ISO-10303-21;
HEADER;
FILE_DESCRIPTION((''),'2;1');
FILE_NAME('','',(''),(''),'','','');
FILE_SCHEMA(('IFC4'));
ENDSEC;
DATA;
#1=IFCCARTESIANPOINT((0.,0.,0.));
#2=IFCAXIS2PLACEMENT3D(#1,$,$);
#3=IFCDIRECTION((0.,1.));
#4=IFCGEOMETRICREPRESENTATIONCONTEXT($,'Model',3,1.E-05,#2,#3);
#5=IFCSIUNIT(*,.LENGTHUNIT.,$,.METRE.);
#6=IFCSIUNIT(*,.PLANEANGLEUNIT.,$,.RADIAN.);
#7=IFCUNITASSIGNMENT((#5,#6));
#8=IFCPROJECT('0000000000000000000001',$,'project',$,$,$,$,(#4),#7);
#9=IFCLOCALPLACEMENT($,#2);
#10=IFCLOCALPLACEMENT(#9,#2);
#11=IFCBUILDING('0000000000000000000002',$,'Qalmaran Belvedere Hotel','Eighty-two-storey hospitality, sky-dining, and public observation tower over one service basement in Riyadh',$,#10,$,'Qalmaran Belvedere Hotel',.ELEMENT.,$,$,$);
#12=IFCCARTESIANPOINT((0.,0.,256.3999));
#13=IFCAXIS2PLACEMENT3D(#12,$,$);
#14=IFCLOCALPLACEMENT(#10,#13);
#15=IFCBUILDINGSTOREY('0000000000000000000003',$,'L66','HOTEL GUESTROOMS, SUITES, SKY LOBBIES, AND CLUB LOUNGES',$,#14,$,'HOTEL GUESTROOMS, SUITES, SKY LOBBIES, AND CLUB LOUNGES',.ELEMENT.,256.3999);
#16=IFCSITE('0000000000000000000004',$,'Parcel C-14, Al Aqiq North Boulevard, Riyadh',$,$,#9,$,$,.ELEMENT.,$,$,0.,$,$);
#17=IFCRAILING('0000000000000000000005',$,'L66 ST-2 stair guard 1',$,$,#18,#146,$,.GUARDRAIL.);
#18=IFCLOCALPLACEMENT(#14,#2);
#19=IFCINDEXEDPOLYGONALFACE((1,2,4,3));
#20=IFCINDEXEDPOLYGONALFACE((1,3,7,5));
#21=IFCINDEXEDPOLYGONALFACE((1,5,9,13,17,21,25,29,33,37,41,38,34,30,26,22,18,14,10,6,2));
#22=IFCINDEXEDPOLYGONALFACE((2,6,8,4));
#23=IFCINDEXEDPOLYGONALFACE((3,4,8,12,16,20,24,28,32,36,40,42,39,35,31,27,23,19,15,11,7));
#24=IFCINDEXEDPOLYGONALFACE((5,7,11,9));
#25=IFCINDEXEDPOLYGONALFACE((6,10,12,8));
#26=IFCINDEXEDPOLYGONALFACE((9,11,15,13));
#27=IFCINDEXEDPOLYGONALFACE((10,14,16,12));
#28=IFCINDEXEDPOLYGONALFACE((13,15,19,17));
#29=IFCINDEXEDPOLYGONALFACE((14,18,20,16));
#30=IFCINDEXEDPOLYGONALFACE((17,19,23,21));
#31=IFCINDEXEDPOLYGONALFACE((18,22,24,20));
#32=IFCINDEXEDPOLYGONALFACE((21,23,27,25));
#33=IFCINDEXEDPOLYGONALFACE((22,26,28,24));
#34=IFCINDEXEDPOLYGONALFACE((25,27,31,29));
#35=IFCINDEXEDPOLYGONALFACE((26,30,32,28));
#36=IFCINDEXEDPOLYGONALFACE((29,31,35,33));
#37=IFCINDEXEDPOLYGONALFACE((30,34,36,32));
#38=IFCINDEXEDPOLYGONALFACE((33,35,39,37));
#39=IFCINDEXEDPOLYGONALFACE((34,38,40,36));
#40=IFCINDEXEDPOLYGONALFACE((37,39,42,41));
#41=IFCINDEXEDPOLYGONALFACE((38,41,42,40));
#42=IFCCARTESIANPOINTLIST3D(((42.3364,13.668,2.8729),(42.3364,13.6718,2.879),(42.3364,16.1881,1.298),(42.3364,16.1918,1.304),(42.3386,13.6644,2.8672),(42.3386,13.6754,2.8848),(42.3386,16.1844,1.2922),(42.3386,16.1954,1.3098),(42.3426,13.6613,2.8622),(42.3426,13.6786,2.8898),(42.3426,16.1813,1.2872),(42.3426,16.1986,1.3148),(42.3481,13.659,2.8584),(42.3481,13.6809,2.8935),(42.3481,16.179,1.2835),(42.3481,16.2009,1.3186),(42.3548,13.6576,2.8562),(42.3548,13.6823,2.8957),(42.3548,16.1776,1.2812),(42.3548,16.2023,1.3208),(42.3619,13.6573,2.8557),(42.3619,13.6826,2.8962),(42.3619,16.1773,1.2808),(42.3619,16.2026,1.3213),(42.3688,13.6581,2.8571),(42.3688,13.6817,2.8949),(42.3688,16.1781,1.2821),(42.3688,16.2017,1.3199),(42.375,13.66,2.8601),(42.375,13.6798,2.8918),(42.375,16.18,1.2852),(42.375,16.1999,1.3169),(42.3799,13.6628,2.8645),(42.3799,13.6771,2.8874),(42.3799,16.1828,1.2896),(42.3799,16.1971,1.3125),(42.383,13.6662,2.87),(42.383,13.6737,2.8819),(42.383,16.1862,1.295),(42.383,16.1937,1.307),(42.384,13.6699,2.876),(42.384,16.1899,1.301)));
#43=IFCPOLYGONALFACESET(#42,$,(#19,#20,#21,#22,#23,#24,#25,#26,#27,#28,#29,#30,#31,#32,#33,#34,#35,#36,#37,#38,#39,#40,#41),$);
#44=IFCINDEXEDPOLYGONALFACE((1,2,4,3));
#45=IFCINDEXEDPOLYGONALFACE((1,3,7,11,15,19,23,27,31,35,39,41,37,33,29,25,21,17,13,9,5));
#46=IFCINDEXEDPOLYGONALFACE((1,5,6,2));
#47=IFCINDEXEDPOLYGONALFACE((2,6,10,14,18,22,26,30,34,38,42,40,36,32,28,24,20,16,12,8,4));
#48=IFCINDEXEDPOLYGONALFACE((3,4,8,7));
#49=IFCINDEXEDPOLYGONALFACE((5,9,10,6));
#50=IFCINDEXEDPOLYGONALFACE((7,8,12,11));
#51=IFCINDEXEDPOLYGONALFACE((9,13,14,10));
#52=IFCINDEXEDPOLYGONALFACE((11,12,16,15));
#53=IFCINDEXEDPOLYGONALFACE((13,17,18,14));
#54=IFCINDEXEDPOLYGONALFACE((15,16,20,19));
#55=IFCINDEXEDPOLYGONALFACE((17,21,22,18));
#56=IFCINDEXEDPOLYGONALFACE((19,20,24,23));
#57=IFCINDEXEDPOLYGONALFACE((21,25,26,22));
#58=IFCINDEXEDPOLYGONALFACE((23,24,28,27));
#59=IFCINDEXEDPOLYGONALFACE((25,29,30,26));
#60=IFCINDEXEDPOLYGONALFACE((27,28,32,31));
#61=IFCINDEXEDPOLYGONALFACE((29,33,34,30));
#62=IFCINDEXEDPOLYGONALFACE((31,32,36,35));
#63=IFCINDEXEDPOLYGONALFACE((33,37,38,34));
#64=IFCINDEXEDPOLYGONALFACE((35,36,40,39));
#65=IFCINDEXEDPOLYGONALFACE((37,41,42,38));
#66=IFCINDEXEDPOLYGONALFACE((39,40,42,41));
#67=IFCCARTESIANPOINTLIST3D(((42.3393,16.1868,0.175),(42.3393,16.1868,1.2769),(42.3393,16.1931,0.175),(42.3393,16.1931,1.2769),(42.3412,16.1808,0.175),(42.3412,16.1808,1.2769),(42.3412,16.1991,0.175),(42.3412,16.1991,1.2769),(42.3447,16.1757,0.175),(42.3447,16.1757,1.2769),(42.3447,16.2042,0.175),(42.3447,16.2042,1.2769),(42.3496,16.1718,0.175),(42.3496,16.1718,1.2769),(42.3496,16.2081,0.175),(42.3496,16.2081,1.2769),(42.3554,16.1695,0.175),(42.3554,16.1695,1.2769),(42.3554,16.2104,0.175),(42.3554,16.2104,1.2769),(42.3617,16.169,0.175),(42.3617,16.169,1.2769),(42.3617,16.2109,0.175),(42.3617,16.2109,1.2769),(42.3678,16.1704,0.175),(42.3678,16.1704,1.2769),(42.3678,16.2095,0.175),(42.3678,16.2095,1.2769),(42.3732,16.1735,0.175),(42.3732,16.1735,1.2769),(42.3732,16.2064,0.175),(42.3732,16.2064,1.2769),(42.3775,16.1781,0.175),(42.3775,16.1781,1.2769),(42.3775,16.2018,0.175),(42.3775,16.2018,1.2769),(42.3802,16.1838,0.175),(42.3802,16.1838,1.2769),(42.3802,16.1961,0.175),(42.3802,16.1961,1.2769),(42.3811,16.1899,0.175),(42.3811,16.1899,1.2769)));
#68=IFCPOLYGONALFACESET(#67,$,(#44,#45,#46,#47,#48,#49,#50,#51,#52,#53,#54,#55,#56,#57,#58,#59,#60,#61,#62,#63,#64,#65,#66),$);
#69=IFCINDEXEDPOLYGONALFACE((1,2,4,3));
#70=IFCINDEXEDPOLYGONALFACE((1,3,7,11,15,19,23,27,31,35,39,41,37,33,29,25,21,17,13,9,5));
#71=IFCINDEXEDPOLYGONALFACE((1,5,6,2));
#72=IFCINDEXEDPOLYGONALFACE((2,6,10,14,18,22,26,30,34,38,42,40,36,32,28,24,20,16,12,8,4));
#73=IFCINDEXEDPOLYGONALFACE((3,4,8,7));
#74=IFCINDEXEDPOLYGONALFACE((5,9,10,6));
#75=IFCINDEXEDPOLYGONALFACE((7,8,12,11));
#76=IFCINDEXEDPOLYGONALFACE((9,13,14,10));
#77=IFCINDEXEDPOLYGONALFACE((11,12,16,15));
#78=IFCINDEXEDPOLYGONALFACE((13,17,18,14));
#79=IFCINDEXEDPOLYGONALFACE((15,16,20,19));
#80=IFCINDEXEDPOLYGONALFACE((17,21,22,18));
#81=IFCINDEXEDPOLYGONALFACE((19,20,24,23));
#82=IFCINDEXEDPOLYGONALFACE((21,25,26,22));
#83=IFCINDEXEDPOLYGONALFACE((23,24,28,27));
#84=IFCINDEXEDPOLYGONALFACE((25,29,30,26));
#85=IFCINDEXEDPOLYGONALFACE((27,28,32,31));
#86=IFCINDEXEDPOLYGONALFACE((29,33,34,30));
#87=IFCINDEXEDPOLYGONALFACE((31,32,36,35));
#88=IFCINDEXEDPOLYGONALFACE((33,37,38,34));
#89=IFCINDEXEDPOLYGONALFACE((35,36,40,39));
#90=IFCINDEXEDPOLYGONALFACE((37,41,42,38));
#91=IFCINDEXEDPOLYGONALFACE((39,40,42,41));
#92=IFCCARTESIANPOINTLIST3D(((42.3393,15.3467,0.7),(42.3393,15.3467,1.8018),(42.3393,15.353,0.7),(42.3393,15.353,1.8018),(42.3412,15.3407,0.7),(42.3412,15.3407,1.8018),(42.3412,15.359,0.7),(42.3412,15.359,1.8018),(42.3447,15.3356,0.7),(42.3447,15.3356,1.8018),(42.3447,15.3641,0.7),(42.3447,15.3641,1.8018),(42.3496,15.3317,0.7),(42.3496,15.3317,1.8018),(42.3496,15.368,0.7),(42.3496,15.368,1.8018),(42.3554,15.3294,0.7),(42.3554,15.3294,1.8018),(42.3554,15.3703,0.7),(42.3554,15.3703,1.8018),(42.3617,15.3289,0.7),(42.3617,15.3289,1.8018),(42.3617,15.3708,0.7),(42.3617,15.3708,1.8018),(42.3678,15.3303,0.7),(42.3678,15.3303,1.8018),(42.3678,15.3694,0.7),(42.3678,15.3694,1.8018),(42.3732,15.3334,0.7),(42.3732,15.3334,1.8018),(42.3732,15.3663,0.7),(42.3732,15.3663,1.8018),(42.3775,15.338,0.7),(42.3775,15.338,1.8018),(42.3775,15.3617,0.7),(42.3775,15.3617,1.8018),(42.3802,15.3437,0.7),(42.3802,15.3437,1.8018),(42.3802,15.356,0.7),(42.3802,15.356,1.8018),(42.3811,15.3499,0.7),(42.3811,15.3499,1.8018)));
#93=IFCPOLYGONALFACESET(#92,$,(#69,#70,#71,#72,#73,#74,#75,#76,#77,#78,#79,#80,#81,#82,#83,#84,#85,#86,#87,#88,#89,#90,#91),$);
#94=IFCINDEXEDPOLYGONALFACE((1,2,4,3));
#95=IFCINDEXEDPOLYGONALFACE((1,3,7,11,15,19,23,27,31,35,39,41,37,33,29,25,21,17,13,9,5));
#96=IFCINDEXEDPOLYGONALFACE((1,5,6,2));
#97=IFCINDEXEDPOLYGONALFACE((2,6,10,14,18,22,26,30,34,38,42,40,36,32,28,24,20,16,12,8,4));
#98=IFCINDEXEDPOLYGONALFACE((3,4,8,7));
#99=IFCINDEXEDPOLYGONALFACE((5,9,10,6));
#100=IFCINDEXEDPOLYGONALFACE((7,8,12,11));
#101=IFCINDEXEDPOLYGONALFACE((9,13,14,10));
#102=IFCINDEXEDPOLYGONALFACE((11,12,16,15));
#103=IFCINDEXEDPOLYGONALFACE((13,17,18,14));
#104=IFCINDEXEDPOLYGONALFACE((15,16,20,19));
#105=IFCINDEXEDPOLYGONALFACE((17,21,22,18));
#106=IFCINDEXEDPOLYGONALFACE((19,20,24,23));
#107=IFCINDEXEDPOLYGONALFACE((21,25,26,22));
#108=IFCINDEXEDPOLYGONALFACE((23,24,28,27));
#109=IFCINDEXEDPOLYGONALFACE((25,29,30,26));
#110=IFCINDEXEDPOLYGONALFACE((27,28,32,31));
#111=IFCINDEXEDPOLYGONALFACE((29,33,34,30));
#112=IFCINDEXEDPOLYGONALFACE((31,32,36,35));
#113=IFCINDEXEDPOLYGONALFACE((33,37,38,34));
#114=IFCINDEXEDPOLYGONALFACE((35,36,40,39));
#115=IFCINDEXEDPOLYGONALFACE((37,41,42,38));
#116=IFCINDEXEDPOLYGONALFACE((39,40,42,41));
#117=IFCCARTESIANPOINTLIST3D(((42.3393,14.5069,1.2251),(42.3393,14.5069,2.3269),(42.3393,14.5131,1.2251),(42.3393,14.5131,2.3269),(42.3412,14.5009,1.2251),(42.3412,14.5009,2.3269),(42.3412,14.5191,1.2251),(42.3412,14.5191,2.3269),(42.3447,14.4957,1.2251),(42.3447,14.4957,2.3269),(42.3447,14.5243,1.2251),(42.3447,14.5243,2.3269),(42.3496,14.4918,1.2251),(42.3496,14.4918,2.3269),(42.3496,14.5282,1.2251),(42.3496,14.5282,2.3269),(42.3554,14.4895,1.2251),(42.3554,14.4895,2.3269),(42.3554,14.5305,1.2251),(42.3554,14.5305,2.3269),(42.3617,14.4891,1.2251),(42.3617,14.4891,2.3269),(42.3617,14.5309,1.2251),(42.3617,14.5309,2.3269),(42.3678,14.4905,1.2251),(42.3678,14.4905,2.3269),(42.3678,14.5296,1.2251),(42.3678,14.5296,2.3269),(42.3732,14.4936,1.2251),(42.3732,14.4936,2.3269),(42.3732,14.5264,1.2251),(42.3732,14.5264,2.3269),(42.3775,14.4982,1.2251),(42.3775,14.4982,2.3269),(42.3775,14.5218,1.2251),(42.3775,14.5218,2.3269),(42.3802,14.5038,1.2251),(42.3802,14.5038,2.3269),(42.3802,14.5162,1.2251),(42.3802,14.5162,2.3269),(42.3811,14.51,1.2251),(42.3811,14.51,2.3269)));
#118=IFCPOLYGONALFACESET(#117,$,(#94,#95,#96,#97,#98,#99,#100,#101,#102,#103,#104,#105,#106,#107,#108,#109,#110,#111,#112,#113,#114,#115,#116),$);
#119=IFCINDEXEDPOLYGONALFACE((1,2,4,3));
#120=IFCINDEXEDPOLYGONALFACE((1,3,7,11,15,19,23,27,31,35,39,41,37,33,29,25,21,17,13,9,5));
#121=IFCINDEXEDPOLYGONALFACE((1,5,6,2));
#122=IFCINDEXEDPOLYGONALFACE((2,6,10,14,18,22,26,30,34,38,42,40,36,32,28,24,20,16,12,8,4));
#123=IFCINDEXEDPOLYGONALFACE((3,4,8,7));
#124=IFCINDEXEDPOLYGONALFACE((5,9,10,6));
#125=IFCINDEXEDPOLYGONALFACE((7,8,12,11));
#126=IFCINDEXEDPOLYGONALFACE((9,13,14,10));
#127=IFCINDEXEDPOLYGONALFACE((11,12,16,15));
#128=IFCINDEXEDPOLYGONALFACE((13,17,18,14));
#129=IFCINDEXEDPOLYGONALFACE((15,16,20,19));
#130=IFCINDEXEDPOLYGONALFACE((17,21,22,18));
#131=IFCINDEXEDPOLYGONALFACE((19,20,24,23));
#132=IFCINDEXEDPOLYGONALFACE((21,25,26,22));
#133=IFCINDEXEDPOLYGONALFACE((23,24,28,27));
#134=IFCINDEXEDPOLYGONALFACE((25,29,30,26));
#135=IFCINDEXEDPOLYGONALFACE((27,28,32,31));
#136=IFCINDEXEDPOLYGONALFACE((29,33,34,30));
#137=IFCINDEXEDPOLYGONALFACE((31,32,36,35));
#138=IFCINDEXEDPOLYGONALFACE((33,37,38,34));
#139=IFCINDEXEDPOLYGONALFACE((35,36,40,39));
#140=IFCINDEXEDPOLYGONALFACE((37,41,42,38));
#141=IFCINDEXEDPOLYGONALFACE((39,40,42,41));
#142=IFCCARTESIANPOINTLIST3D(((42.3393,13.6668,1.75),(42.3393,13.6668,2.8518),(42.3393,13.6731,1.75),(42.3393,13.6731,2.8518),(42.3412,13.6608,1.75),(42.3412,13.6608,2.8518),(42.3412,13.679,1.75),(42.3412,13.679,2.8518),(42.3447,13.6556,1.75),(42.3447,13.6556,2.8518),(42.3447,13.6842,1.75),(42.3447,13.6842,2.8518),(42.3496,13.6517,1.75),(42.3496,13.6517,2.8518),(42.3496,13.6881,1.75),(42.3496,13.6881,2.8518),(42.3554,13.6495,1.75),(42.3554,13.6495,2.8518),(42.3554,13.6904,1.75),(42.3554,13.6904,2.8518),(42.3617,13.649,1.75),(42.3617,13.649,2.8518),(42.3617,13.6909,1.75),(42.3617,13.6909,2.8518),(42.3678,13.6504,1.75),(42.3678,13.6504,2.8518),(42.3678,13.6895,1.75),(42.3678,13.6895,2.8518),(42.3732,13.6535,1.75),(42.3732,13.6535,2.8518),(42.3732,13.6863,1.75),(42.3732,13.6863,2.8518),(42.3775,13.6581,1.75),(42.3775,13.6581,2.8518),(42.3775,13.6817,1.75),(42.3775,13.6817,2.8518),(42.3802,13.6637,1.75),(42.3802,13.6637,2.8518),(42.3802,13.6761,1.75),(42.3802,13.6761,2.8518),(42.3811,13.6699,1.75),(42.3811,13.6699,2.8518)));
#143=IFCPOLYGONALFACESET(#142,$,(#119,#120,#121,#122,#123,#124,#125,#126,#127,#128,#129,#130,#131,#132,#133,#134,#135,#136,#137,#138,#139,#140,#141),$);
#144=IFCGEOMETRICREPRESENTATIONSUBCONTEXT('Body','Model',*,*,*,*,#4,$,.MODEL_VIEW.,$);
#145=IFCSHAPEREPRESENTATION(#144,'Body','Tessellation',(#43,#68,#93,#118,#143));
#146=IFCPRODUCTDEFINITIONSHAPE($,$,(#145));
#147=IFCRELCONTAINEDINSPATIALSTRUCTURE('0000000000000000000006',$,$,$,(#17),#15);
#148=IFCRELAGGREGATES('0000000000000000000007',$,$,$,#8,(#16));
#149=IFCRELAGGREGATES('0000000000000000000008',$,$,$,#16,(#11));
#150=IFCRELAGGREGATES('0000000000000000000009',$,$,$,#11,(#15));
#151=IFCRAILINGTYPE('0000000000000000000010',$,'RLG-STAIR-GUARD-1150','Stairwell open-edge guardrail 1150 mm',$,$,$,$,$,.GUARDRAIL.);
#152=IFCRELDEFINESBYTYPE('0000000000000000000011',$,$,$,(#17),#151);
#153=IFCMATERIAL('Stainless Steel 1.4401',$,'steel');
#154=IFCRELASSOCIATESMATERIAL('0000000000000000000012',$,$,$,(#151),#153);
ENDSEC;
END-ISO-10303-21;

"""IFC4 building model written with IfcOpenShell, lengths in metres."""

from ifc_helpers import new_model, si_unit, direction, frame, origin, origin_2d, place, context, subcontext, project, spatial, circle, extrude, material, type_object, element, save


model = new_model("IFC4")

# Units and contexts
model_context = context("Model", 3, precision=1e-05, world=origin(), true_north=direction((0.0, 1.0)))
body_context = subcontext(model_context, "Body", "Model", "MODEL_VIEW")
ifc_project = project(units=[si_unit("LENGTHUNIT", "METRE"), si_unit("PLANEANGLEUNIT", "RADIAN")], contexts=[model_context])

# Site, building, storey
site_placement = place(None, origin())
site = spatial("IfcSite", under=ifc_project, at=site_placement, Name="Parcel C-14, Al Aqiq North Boulevard, Riyadh", CompositionType="ELEMENT", RefElevation=0.0)
building_placement = place(site_placement, origin())
building = spatial("IfcBuilding", under=site, at=building_placement, Name="Qalmaran Belvedere Hotel", Description="Eighty-two-storey hospitality, sky-dining, and public observation tower over one service basement in Riyadh", LongName="Qalmaran Belvedere Hotel", CompositionType="ELEMENT")
storey_placement = place(building_placement, frame((0.0, 0.0, 256.3999)))
storey = spatial("IfcBuildingStorey", under=building, at=storey_placement, Name="L66", Description="HOTEL GUESTROOMS, SUITES, SKY LOBBIES, AND CLUB LOUNGES", LongName="HOTEL GUESTROOMS, SUITES, SKY LOBBIES, AND CLUB LOUNGES", CompositionType="ELEMENT", Elevation=256.3999)

# Railing
ifc_material_1 = material(Name="Stainless Steel 1.4401", Category="steel")
railing_type_1 = type_object("IfcRailingType", Name="RLG-STAIR-GUARD-1150", Description="Stairwell open-edge guardrail 1150 mm", PredefinedType="GUARDRAIL", material=ifc_material_1)
railing_1_placement = place(storey_placement, frame((42.3601, 16.1899, 0.175)))
element("IfcRailing", 1, at=railing_1_placement, inside=storey, type_object=railing_type_1, Name="L66 ST-2 stair guard 1", PredefinedType="GUARDRAIL", context=body_context, shape_type="SweptSolid", body=[
    extrude(circle(Radius=0.0239, at=origin_2d()), frame((0.0, 0.0, 1.126), z_axis=(0.0, -0.848008, 0.529984), x_axis=(1.0, 0.0, 0.0)), (0.0, 0.0, 1.0), 2.9717),
    extrude(circle(Radius=0.021, at=origin_2d()), origin(), (0.0, 0.0, 1.0), 1.1018),
    extrude(circle(Radius=0.021, at=origin_2d()), frame((0.0, -0.8401, 0.5249)), (0.0, 0.0, 1.0), 1.1018),
    extrude(circle(Radius=0.021, at=origin_2d()), frame((0.0, -1.6799, 1.05)), (0.0, 0.0, 1.0), 1.1018),
    extrude(circle(Radius=0.021, at=origin_2d()), frame((0.0, -2.52, 1.575)), (0.0, 0.0, 1.0), 1.1018),
])

save(model, "model.ifc")
